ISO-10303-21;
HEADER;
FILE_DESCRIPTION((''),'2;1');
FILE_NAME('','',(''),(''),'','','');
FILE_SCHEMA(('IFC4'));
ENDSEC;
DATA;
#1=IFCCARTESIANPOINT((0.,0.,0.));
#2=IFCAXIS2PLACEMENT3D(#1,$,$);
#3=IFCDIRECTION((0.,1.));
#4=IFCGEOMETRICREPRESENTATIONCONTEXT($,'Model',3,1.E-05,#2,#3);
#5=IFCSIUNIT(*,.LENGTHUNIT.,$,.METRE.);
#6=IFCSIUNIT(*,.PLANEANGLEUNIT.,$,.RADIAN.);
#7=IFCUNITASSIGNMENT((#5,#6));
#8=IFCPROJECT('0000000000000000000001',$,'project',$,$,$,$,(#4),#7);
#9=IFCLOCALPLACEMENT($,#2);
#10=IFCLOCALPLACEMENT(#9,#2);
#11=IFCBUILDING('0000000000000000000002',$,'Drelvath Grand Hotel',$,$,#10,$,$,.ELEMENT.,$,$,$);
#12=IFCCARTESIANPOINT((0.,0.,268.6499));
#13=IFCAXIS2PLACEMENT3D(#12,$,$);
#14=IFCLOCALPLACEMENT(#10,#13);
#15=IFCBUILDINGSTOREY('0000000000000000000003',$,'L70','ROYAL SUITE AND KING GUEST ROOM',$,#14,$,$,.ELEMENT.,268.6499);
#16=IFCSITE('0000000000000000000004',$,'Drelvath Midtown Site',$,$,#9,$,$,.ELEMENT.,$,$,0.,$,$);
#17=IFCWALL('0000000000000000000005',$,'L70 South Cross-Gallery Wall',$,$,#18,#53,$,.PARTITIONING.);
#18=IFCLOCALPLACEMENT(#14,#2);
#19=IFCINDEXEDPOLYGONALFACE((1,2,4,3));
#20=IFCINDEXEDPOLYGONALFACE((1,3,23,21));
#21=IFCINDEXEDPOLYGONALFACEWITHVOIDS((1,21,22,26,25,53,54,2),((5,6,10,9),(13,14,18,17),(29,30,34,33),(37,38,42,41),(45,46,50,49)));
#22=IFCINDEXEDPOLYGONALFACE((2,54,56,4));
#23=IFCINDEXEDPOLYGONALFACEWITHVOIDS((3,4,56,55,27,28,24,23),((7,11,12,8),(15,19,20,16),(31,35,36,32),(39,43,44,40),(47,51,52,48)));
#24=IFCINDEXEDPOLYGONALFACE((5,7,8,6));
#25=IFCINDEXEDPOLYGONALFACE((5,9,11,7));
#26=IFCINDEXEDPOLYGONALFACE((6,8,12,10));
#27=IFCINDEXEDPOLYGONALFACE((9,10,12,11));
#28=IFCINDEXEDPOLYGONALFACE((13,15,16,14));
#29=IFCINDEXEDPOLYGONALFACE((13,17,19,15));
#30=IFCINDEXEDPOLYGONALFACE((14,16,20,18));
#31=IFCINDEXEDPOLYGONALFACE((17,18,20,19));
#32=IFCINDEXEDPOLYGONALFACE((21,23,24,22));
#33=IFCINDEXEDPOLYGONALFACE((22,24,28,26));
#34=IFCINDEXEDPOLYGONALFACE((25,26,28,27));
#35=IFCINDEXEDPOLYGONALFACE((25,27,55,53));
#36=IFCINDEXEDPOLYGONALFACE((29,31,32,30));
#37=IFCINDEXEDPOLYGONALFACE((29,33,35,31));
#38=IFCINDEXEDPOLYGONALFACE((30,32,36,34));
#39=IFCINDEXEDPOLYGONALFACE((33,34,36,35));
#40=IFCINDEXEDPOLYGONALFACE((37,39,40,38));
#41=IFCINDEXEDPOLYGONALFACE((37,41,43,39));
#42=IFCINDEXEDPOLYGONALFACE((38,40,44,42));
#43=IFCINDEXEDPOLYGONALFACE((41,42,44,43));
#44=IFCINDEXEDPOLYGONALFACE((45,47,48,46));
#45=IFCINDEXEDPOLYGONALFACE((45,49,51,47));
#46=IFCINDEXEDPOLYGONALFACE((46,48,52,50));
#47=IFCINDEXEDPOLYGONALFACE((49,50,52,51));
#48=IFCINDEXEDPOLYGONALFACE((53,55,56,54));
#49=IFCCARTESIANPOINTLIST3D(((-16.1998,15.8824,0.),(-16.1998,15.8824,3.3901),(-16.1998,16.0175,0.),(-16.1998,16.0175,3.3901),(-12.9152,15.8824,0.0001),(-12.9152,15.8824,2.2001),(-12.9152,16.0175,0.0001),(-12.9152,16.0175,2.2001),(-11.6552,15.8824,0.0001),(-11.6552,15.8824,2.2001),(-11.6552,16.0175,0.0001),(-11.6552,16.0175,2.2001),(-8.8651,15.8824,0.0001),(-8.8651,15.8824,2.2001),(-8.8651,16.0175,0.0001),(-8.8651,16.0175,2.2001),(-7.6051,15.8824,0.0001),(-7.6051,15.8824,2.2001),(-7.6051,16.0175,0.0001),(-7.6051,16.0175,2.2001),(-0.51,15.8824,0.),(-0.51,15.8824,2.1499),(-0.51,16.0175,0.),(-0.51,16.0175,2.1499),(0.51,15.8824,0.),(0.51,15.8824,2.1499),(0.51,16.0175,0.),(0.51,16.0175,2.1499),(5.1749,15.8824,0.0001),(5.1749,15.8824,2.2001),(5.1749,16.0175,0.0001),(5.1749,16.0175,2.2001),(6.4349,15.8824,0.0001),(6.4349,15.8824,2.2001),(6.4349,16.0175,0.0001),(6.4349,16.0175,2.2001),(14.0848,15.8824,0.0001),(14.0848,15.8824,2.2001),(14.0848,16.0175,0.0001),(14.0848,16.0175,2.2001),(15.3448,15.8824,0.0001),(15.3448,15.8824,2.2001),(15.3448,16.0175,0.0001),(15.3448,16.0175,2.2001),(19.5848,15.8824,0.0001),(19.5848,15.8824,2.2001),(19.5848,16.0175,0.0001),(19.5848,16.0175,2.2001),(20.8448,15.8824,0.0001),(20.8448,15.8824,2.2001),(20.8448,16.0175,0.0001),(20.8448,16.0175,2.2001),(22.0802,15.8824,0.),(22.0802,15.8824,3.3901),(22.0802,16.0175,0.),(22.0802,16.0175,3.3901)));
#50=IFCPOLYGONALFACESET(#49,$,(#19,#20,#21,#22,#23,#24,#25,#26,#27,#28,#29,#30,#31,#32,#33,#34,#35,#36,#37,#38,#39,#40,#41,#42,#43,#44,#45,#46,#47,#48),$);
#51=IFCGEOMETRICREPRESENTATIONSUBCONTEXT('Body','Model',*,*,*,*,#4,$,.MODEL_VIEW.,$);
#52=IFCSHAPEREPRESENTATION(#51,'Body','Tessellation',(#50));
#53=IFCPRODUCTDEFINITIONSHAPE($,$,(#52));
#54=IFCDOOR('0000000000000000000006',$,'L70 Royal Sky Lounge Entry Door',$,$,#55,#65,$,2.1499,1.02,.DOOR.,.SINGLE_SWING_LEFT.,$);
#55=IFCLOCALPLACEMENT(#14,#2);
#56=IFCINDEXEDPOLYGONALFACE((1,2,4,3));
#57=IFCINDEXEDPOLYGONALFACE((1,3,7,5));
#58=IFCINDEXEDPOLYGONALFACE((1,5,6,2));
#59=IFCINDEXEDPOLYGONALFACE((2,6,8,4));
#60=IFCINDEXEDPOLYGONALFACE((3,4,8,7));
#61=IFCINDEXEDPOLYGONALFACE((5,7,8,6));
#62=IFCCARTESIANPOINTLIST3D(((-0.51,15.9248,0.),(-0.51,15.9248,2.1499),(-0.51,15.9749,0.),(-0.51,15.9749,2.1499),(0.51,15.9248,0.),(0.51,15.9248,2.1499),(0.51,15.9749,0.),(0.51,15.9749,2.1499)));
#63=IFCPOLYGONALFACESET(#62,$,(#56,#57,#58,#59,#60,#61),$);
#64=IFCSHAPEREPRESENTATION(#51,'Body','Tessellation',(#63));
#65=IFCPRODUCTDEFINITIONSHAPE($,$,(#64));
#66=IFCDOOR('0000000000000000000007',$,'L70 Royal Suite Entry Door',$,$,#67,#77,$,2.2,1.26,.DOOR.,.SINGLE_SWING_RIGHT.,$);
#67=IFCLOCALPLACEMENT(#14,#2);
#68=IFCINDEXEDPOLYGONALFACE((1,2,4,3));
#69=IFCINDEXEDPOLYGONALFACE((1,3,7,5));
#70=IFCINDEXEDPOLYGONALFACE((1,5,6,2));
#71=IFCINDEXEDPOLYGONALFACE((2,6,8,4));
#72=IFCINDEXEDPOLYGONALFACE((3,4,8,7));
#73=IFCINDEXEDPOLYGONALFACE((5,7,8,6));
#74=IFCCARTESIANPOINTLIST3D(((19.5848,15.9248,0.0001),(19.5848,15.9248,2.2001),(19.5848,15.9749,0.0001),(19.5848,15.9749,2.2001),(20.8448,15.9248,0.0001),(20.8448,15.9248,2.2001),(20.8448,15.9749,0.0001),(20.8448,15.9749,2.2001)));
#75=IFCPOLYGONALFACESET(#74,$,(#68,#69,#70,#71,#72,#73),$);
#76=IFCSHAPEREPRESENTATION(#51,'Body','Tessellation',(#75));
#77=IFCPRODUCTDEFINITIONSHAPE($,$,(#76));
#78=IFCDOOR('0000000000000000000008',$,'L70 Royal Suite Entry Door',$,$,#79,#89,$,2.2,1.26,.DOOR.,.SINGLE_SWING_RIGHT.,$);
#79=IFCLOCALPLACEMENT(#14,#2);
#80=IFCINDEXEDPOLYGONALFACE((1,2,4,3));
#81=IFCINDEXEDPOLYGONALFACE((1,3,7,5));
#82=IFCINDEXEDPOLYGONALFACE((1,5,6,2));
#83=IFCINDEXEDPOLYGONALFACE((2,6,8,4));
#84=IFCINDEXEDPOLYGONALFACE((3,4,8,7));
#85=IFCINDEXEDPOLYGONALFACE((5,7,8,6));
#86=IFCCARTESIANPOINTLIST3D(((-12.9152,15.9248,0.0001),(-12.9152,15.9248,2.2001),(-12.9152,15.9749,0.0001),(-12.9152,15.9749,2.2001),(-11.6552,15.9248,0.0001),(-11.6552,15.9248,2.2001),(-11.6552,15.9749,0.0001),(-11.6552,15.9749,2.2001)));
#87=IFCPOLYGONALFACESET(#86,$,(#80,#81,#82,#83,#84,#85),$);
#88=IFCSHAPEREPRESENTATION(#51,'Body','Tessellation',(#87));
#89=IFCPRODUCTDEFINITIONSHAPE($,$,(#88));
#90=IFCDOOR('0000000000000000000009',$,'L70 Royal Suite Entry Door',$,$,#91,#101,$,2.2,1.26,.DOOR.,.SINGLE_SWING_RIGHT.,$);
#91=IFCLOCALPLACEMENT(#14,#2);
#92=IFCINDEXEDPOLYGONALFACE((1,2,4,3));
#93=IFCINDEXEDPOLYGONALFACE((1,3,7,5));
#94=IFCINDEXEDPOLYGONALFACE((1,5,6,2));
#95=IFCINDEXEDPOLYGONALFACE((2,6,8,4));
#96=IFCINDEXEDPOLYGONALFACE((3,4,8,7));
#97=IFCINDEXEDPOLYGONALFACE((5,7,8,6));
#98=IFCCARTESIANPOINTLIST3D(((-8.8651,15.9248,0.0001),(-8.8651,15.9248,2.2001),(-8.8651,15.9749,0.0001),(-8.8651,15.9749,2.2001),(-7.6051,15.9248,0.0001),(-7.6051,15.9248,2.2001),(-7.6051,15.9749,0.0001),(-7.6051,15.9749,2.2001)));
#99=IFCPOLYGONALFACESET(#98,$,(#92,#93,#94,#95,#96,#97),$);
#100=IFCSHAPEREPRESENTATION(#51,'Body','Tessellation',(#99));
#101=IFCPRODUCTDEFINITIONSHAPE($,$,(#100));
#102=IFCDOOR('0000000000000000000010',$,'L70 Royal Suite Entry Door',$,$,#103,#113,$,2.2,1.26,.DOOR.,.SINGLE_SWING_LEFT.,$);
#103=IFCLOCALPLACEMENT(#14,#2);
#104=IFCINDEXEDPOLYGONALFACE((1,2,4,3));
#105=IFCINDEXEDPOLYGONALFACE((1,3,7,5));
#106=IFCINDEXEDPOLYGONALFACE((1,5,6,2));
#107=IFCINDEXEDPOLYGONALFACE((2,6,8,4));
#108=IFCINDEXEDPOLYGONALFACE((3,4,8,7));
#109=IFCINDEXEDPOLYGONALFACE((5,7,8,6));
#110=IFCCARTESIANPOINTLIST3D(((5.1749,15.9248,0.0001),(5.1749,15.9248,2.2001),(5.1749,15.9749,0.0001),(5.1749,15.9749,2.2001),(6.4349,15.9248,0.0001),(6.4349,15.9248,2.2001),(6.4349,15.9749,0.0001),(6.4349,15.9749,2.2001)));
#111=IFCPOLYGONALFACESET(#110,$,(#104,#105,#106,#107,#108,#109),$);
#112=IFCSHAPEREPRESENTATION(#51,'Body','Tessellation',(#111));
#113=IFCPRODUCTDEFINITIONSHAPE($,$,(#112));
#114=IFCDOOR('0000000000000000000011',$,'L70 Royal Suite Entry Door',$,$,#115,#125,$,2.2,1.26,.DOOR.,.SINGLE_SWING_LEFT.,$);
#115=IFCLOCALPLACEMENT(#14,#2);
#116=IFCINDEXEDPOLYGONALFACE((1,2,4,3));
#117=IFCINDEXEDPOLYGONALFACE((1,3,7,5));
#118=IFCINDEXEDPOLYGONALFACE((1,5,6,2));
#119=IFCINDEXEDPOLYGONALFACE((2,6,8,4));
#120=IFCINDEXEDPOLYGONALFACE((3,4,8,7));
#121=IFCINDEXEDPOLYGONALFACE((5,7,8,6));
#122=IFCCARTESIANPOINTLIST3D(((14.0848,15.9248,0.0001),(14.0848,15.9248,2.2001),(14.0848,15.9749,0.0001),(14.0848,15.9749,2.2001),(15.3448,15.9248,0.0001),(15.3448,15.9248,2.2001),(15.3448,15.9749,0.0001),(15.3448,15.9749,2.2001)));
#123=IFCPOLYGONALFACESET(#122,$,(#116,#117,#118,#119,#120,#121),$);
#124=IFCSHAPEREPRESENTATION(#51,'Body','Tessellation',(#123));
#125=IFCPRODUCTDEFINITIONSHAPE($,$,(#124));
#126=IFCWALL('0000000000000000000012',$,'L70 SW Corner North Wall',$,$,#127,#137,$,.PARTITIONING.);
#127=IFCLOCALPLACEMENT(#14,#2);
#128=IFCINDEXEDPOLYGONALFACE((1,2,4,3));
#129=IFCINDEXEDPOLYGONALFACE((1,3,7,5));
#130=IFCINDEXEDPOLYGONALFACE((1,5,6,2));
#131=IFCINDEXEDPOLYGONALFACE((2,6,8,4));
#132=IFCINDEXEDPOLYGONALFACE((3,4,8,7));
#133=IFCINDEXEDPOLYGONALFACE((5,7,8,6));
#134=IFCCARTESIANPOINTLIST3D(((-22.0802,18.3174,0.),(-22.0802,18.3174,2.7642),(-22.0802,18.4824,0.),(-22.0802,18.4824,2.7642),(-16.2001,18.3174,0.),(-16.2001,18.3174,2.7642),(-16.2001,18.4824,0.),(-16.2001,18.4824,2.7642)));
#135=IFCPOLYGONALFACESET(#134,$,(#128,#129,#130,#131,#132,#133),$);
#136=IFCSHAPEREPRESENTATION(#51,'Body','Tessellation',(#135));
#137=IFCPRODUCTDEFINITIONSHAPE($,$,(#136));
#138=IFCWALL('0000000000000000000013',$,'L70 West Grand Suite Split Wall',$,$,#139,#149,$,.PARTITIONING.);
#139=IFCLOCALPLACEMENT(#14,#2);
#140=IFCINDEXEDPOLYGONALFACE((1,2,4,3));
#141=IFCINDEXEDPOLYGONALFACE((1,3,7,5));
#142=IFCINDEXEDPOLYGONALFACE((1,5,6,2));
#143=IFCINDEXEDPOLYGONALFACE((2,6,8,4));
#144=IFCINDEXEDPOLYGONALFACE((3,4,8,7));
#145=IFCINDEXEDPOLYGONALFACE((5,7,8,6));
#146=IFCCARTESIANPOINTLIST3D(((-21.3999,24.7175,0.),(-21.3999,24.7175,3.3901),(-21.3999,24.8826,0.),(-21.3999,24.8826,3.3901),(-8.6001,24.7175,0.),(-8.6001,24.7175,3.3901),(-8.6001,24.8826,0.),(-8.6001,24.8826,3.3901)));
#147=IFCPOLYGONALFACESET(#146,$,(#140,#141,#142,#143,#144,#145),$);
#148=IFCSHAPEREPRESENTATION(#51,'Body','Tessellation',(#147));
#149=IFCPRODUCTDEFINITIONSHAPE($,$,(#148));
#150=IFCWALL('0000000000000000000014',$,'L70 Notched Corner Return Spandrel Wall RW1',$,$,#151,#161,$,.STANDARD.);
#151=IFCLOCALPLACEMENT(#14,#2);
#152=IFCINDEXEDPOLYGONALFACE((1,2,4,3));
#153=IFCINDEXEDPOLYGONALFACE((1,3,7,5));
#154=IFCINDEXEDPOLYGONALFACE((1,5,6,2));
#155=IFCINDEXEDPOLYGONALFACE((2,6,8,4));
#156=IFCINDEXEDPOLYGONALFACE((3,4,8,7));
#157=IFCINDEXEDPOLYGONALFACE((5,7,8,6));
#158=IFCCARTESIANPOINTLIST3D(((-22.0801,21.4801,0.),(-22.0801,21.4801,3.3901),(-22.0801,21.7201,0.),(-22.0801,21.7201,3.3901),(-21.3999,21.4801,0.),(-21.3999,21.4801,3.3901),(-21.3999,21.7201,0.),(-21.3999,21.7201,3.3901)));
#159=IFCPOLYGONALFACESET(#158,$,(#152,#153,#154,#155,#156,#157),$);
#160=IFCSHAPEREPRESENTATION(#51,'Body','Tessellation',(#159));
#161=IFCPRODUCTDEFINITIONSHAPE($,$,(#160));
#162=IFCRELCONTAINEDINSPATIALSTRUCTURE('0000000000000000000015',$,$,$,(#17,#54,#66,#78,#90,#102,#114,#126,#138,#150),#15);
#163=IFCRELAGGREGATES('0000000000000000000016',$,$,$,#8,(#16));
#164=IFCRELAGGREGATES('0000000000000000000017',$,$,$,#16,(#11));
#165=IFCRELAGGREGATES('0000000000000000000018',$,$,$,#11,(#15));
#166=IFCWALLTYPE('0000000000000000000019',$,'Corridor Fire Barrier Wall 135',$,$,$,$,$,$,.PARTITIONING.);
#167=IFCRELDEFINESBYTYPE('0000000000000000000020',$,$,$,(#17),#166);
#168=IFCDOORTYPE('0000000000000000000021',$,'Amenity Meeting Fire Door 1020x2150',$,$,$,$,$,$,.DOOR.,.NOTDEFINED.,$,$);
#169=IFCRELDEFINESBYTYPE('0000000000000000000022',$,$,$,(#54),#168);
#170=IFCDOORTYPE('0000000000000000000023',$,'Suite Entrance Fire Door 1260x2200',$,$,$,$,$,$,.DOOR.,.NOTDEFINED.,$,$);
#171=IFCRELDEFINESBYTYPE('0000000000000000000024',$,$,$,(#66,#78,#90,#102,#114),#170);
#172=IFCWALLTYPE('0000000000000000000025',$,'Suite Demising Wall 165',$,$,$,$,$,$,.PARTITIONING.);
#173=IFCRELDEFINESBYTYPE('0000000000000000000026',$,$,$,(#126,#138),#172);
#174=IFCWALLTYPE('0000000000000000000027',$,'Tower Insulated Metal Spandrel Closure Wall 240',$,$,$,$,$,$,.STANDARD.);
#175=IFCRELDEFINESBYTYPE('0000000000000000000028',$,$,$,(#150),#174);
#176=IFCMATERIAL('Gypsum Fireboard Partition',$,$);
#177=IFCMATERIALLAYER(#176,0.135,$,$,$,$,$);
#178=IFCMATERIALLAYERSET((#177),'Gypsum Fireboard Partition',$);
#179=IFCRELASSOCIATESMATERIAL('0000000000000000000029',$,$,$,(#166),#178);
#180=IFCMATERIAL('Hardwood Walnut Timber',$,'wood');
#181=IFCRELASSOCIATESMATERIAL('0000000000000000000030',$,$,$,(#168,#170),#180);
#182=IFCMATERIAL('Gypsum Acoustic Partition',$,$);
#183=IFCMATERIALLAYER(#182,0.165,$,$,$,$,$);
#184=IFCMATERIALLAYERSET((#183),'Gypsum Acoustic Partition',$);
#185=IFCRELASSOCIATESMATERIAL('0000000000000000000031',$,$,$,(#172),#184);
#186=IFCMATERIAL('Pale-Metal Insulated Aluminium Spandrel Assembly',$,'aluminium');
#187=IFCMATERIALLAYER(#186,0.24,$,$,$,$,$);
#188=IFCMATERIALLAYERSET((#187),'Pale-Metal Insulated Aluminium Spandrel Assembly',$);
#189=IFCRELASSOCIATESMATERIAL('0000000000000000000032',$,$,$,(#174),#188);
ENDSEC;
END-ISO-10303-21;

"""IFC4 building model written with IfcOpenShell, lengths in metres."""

from ifc_helpers import new_model, si_unit, direction, frame, frame_2d, origin, place, context, subcontext, project, spatial, rectangle, extrude, material, layer, layer_set, type_object, element, fill, save


model = new_model("IFC4")

# Units and contexts
model_context = context("Model", 3, precision=1e-05, world=origin(), true_north=direction((0.0, 1.0)))
body_context = subcontext(model_context, "Body", "Model", "MODEL_VIEW")
ifc_project = project(units=[si_unit("LENGTHUNIT", "METRE"), si_unit("PLANEANGLEUNIT", "RADIAN")], contexts=[model_context])

# Site, building, storey
site_placement = place(None, origin())
site = spatial("IfcSite", under=ifc_project, at=site_placement, Name="Drelvath Midtown Site", CompositionType="ELEMENT", RefElevation=0.0)
building_placement = place(site_placement, origin())
building = spatial("IfcBuilding", under=site, at=building_placement, Name="Drelvath Grand Hotel", CompositionType="ELEMENT")
storey_placement = place(building_placement, frame((0.0, 0.0, 268.6499)))
storey = spatial("IfcBuildingStorey", under=building, at=storey_placement, Name="L70", Description="ROYAL SUITE AND KING GUEST ROOM", CompositionType="ELEMENT", Elevation=268.6499)

# Wall, openings, doors
ifc_material_1 = material(Name="Gypsum Fireboard Partition")
ifc_layer_1 = layer(ifc_material_1, 0.135)
ifc_layer_set_1 = layer_set([ifc_layer_1], Name="Gypsum Fireboard Partition")
wall_type_1 = type_object("IfcWallType", Name="Corridor Fire Barrier Wall 135", PredefinedType="PARTITIONING", material=ifc_layer_set_1)
wall_1_placement = place(storey_placement, frame((-16.2, 15.95, 0.0), z_axis=(0.0, 0.0, 1.0), x_axis=(1.0, 0.0, 0.0)))
wall_1 = element("IfcWall", 1, at=wall_1_placement, inside=storey, type_object=wall_type_1, Name="L70 South Cross-Gallery Wall", PredefinedType="PARTITIONING", context=body_context, shape_type="SweptSolid", body=[
    extrude(rectangle(XDim=38.28, YDim=0.135, at=frame_2d((19.1401, 0.0))), origin(), (0.0, 0.0, 1.0), 3.3901),
])
opening_1_placement = place(wall_1_placement, frame((35.7849, 0.0, 0.0)))
opening_1 = element("IfcOpeningElement", 2, at=opening_1_placement, cuts=wall_1, PredefinedType="OPENING", context=body_context, shape_type="SweptSolid", body=[
    extrude(rectangle(XDim=1.26, YDim=2.2, at=frame_2d((0.6299, 1.1001))), frame((0.0, 0.0774, 0.0), z_axis=(0.0, -1.0, 0.0), x_axis=(1.0, 0.0, 0.0)), (0.0, 0.0, 1.0), 0.155),
])
opening_2_placement = place(wall_1_placement, frame((3.2849, 0.0, 0.0)))
opening_2 = element("IfcOpeningElement", 3, at=opening_2_placement, cuts=wall_1, PredefinedType="OPENING", context=body_context, shape_type="SweptSolid", body=[
    extrude(rectangle(XDim=1.26, YDim=2.2, at=frame_2d((0.6299, 1.1001))), frame((0.0, 0.0774, 0.0), z_axis=(0.0, -1.0, 0.0), x_axis=(1.0, 0.0, 0.0)), (0.0, 0.0, 1.0), 0.155),
])
opening_3_placement = place(wall_1_placement, frame((7.335, 0.0, 0.0)))
opening_3 = element("IfcOpeningElement", 4, at=opening_3_placement, cuts=wall_1, PredefinedType="OPENING", context=body_context, shape_type="SweptSolid", body=[
    extrude(rectangle(XDim=1.26, YDim=2.2, at=frame_2d((0.6299, 1.1001))), frame((0.0, 0.0774, 0.0), z_axis=(0.0, -1.0, 0.0), x_axis=(1.0, 0.0, 0.0)), (0.0, 0.0, 1.0), 0.155),
])
opening_4_placement = place(wall_1_placement, frame((15.6899, 0.0, 0.0)))
opening_4 = element("IfcOpeningElement", 5, at=opening_4_placement, cuts=wall_1, PredefinedType="OPENING", context=body_context, shape_type="SweptSolid", body=[
    extrude(rectangle(XDim=1.02, YDim=2.1499, at=frame_2d((0.51, 1.075))), frame((0.0, 0.0774, 0.0), z_axis=(0.0, -1.0, 0.0), x_axis=(1.0, 0.0, 0.0)), (0.0, 0.0, 1.0), 0.155),
])
opening_5_placement = place(wall_1_placement, frame((21.375, 0.0, 0.0)))
opening_5 = element("IfcOpeningElement", 6, at=opening_5_placement, cuts=wall_1, PredefinedType="OPENING", context=body_context, shape_type="SweptSolid", body=[
    extrude(rectangle(XDim=1.26, YDim=2.2, at=frame_2d((0.6299, 1.1001))), frame((0.0, 0.0774, 0.0), z_axis=(0.0, -1.0, 0.0), x_axis=(1.0, 0.0, 0.0)), (0.0, 0.0, 1.0), 0.155),
])
opening_6_placement = place(wall_1_placement, frame((30.2849, 0.0, 0.0)))
opening_6 = element("IfcOpeningElement", 7, at=opening_6_placement, cuts=wall_1, PredefinedType="OPENING", context=body_context, shape_type="SweptSolid", body=[
    extrude(rectangle(XDim=1.26, YDim=2.2, at=frame_2d((0.6299, 1.1001))), frame((0.0, 0.0774, 0.0), z_axis=(0.0, -1.0, 0.0), x_axis=(1.0, 0.0, 0.0)), (0.0, 0.0, 1.0), 0.155),
])
ifc_material_2 = material(Name="Hardwood Walnut Timber", Category="wood")
door_type_1 = type_object("IfcDoorType", Name="Amenity Meeting Fire Door 1020x2150", OperationType="NOTDEFINED", PredefinedType="DOOR", material=ifc_material_2)
door_1_placement = place(opening_4_placement, origin())
door_1 = element("IfcDoor", 8, at=door_1_placement, inside=storey, type_object=door_type_1, Name="L70 Royal Sky Lounge Entry Door", OperationType="SINGLE_SWING_LEFT", OverallHeight=2.1499, OverallWidth=1.02, PredefinedType="DOOR", context=body_context, shape_type="SweptSolid", body=[
    extrude(rectangle(XDim=1.02, YDim=2.1499, at=frame_2d((0.51, 1.075))), frame((0.0, 0.0249, 0.0), z_axis=(0.0, -1.0, 0.0), x_axis=(1.0, 0.0, 0.0)), (0.0, 0.0, 1.0), 0.05),
])
fill(opening_4, door_1)
door_type_2 = type_object("IfcDoorType", Name="Suite Entrance Fire Door 1260x2200", OperationType="NOTDEFINED", PredefinedType="DOOR", material=ifc_material_2)
door_2_placement = place(opening_1_placement, origin())
door_2 = element("IfcDoor", 9, at=door_2_placement, inside=storey, type_object=door_type_2, Name="L70 Royal Suite Entry Door", OperationType="SINGLE_SWING_RIGHT", OverallHeight=2.2, OverallWidth=1.26, PredefinedType="DOOR", context=body_context, shape_type="SweptSolid", body=[
    extrude(rectangle(XDim=1.26, YDim=2.2, at=frame_2d((0.6299, 1.1001))), frame((0.0, 0.0249, 0.0), z_axis=(0.0, -1.0, 0.0), x_axis=(1.0, 0.0, 0.0)), (0.0, 0.0, 1.0), 0.05),
])
fill(opening_1, door_2)
door_3_placement = place(opening_2_placement, origin())
door_3 = element("IfcDoor", 10, at=door_3_placement, inside=storey, type_object=door_type_2, Name="L70 Royal Suite Entry Door", OperationType="SINGLE_SWING_RIGHT", OverallHeight=2.2, OverallWidth=1.26, PredefinedType="DOOR", context=body_context, shape_type="SweptSolid", body=[
    extrude(rectangle(XDim=1.26, YDim=2.2, at=frame_2d((0.6299, 1.1001))), frame((0.0, 0.0249, 0.0), z_axis=(0.0, -1.0, 0.0), x_axis=(1.0, 0.0, 0.0)), (0.0, 0.0, 1.0), 0.05),
])
fill(opening_2, door_3)
door_4_placement = place(opening_3_placement, origin())
door_4 = element("IfcDoor", 11, at=door_4_placement, inside=storey, type_object=door_type_2, Name="L70 Royal Suite Entry Door", OperationType="SINGLE_SWING_RIGHT", OverallHeight=2.2, OverallWidth=1.26, PredefinedType="DOOR", context=body_context, shape_type="SweptSolid", body=[
    extrude(rectangle(XDim=1.26, YDim=2.2, at=frame_2d((0.6299, 1.1001))), frame((0.0, 0.0249, 0.0), z_axis=(0.0, -1.0, 0.0), x_axis=(1.0, 0.0, 0.0)), (0.0, 0.0, 1.0), 0.05),
])
fill(opening_3, door_4)
door_5_placement = place(opening_5_placement, origin())
door_5 = element("IfcDoor", 12, at=door_5_placement, inside=storey, type_object=door_type_2, Name="L70 Royal Suite Entry Door", OperationType="SINGLE_SWING_LEFT", OverallHeight=2.2, OverallWidth=1.26, PredefinedType="DOOR", context=body_context, shape_type="SweptSolid", body=[
    extrude(rectangle(XDim=1.26, YDim=2.2, at=frame_2d((0.6299, 1.1001))), frame((0.0, 0.0249, 0.0), z_axis=(0.0, -1.0, 0.0), x_axis=(1.0, 0.0, 0.0)), (0.0, 0.0, 1.0), 0.05),
])
fill(opening_5, door_5)
door_6_placement = place(opening_6_placement, origin())
door_6 = element("IfcDoor", 13, at=door_6_placement, inside=storey, type_object=door_type_2, Name="L70 Royal Suite Entry Door", OperationType="SINGLE_SWING_LEFT", OverallHeight=2.2, OverallWidth=1.26, PredefinedType="DOOR", context=body_context, shape_type="SweptSolid", body=[
    extrude(rectangle(XDim=1.26, YDim=2.2, at=frame_2d((0.6299, 1.1001))), frame((0.0, 0.0249, 0.0), z_axis=(0.0, -1.0, 0.0), x_axis=(1.0, 0.0, 0.0)), (0.0, 0.0, 1.0), 0.05),
])
fill(opening_6, door_6)

# Walls
ifc_material_3 = material(Name="Gypsum Acoustic Partition")
ifc_layer_2 = layer(ifc_material_3, 0.165)
ifc_layer_set_2 = layer_set([ifc_layer_2], Name="Gypsum Acoustic Partition")
wall_type_2 = type_object("IfcWallType", Name="Suite Demising Wall 165", PredefinedType="PARTITIONING", material=ifc_layer_set_2)
wall_2_placement = place(storey_placement, frame((-22.0801, 18.3999, 0.0), z_axis=(0.0, 0.0, 1.0), x_axis=(1.0, 0.0, 0.0)))
element("IfcWall", 14, at=wall_2_placement, inside=storey, type_object=wall_type_2, Name="L70 SW Corner North Wall", PredefinedType="PARTITIONING", context=body_context, shape_type="SweptSolid", body=[
    extrude(rectangle(XDim=5.8801, YDim=0.165, at=frame_2d((2.9399, 0.0))), origin(), (0.0, 0.0, 1.0), 2.7642),
])
wall_3_placement = place(storey_placement, frame((-21.3999, 24.8, 0.0), z_axis=(0.0, 0.0, 1.0), x_axis=(1.0, 0.0, 0.0)))
element("IfcWall", 15, at=wall_3_placement, inside=storey, type_object=wall_type_2, Name="L70 West Grand Suite Split Wall", PredefinedType="PARTITIONING", context=body_context, shape_type="SweptSolid", body=[
    extrude(rectangle(XDim=12.7998, YDim=0.165, at=frame_2d((6.3999, 0.0))), origin(), (0.0, 0.0, 1.0), 3.3901),
])
ifc_material_4 = material(Name="Pale-Metal Insulated Aluminium Spandrel Assembly", Category="aluminium")
ifc_layer_3 = layer(ifc_material_4, 0.24)
ifc_layer_set_3 = layer_set([ifc_layer_3], Name="Pale-Metal Insulated Aluminium Spandrel Assembly")
wall_type_3 = type_object("IfcWallType", Name="Tower Insulated Metal Spandrel Closure Wall 240", PredefinedType="STANDARD", material=ifc_layer_set_3)
wall_4_placement = place(storey_placement, frame((-22.0801, 21.6001, 0.0), z_axis=(0.0, 0.0, 1.0), x_axis=(1.0, 0.0, 0.0)))
element("IfcWall", 16, at=wall_4_placement, inside=storey, type_object=wall_type_3, Name="L70 Notched Corner Return Spandrel Wall RW1", PredefinedType="STANDARD", context=body_context, shape_type="SweptSolid", body=[
    extrude(rectangle(XDim=0.6802, YDim=0.24, at=frame_2d((0.3401, 0.0))), origin(), (0.0, 0.0, 1.0), 3.3901),
])

save(model, "model.ifc")
